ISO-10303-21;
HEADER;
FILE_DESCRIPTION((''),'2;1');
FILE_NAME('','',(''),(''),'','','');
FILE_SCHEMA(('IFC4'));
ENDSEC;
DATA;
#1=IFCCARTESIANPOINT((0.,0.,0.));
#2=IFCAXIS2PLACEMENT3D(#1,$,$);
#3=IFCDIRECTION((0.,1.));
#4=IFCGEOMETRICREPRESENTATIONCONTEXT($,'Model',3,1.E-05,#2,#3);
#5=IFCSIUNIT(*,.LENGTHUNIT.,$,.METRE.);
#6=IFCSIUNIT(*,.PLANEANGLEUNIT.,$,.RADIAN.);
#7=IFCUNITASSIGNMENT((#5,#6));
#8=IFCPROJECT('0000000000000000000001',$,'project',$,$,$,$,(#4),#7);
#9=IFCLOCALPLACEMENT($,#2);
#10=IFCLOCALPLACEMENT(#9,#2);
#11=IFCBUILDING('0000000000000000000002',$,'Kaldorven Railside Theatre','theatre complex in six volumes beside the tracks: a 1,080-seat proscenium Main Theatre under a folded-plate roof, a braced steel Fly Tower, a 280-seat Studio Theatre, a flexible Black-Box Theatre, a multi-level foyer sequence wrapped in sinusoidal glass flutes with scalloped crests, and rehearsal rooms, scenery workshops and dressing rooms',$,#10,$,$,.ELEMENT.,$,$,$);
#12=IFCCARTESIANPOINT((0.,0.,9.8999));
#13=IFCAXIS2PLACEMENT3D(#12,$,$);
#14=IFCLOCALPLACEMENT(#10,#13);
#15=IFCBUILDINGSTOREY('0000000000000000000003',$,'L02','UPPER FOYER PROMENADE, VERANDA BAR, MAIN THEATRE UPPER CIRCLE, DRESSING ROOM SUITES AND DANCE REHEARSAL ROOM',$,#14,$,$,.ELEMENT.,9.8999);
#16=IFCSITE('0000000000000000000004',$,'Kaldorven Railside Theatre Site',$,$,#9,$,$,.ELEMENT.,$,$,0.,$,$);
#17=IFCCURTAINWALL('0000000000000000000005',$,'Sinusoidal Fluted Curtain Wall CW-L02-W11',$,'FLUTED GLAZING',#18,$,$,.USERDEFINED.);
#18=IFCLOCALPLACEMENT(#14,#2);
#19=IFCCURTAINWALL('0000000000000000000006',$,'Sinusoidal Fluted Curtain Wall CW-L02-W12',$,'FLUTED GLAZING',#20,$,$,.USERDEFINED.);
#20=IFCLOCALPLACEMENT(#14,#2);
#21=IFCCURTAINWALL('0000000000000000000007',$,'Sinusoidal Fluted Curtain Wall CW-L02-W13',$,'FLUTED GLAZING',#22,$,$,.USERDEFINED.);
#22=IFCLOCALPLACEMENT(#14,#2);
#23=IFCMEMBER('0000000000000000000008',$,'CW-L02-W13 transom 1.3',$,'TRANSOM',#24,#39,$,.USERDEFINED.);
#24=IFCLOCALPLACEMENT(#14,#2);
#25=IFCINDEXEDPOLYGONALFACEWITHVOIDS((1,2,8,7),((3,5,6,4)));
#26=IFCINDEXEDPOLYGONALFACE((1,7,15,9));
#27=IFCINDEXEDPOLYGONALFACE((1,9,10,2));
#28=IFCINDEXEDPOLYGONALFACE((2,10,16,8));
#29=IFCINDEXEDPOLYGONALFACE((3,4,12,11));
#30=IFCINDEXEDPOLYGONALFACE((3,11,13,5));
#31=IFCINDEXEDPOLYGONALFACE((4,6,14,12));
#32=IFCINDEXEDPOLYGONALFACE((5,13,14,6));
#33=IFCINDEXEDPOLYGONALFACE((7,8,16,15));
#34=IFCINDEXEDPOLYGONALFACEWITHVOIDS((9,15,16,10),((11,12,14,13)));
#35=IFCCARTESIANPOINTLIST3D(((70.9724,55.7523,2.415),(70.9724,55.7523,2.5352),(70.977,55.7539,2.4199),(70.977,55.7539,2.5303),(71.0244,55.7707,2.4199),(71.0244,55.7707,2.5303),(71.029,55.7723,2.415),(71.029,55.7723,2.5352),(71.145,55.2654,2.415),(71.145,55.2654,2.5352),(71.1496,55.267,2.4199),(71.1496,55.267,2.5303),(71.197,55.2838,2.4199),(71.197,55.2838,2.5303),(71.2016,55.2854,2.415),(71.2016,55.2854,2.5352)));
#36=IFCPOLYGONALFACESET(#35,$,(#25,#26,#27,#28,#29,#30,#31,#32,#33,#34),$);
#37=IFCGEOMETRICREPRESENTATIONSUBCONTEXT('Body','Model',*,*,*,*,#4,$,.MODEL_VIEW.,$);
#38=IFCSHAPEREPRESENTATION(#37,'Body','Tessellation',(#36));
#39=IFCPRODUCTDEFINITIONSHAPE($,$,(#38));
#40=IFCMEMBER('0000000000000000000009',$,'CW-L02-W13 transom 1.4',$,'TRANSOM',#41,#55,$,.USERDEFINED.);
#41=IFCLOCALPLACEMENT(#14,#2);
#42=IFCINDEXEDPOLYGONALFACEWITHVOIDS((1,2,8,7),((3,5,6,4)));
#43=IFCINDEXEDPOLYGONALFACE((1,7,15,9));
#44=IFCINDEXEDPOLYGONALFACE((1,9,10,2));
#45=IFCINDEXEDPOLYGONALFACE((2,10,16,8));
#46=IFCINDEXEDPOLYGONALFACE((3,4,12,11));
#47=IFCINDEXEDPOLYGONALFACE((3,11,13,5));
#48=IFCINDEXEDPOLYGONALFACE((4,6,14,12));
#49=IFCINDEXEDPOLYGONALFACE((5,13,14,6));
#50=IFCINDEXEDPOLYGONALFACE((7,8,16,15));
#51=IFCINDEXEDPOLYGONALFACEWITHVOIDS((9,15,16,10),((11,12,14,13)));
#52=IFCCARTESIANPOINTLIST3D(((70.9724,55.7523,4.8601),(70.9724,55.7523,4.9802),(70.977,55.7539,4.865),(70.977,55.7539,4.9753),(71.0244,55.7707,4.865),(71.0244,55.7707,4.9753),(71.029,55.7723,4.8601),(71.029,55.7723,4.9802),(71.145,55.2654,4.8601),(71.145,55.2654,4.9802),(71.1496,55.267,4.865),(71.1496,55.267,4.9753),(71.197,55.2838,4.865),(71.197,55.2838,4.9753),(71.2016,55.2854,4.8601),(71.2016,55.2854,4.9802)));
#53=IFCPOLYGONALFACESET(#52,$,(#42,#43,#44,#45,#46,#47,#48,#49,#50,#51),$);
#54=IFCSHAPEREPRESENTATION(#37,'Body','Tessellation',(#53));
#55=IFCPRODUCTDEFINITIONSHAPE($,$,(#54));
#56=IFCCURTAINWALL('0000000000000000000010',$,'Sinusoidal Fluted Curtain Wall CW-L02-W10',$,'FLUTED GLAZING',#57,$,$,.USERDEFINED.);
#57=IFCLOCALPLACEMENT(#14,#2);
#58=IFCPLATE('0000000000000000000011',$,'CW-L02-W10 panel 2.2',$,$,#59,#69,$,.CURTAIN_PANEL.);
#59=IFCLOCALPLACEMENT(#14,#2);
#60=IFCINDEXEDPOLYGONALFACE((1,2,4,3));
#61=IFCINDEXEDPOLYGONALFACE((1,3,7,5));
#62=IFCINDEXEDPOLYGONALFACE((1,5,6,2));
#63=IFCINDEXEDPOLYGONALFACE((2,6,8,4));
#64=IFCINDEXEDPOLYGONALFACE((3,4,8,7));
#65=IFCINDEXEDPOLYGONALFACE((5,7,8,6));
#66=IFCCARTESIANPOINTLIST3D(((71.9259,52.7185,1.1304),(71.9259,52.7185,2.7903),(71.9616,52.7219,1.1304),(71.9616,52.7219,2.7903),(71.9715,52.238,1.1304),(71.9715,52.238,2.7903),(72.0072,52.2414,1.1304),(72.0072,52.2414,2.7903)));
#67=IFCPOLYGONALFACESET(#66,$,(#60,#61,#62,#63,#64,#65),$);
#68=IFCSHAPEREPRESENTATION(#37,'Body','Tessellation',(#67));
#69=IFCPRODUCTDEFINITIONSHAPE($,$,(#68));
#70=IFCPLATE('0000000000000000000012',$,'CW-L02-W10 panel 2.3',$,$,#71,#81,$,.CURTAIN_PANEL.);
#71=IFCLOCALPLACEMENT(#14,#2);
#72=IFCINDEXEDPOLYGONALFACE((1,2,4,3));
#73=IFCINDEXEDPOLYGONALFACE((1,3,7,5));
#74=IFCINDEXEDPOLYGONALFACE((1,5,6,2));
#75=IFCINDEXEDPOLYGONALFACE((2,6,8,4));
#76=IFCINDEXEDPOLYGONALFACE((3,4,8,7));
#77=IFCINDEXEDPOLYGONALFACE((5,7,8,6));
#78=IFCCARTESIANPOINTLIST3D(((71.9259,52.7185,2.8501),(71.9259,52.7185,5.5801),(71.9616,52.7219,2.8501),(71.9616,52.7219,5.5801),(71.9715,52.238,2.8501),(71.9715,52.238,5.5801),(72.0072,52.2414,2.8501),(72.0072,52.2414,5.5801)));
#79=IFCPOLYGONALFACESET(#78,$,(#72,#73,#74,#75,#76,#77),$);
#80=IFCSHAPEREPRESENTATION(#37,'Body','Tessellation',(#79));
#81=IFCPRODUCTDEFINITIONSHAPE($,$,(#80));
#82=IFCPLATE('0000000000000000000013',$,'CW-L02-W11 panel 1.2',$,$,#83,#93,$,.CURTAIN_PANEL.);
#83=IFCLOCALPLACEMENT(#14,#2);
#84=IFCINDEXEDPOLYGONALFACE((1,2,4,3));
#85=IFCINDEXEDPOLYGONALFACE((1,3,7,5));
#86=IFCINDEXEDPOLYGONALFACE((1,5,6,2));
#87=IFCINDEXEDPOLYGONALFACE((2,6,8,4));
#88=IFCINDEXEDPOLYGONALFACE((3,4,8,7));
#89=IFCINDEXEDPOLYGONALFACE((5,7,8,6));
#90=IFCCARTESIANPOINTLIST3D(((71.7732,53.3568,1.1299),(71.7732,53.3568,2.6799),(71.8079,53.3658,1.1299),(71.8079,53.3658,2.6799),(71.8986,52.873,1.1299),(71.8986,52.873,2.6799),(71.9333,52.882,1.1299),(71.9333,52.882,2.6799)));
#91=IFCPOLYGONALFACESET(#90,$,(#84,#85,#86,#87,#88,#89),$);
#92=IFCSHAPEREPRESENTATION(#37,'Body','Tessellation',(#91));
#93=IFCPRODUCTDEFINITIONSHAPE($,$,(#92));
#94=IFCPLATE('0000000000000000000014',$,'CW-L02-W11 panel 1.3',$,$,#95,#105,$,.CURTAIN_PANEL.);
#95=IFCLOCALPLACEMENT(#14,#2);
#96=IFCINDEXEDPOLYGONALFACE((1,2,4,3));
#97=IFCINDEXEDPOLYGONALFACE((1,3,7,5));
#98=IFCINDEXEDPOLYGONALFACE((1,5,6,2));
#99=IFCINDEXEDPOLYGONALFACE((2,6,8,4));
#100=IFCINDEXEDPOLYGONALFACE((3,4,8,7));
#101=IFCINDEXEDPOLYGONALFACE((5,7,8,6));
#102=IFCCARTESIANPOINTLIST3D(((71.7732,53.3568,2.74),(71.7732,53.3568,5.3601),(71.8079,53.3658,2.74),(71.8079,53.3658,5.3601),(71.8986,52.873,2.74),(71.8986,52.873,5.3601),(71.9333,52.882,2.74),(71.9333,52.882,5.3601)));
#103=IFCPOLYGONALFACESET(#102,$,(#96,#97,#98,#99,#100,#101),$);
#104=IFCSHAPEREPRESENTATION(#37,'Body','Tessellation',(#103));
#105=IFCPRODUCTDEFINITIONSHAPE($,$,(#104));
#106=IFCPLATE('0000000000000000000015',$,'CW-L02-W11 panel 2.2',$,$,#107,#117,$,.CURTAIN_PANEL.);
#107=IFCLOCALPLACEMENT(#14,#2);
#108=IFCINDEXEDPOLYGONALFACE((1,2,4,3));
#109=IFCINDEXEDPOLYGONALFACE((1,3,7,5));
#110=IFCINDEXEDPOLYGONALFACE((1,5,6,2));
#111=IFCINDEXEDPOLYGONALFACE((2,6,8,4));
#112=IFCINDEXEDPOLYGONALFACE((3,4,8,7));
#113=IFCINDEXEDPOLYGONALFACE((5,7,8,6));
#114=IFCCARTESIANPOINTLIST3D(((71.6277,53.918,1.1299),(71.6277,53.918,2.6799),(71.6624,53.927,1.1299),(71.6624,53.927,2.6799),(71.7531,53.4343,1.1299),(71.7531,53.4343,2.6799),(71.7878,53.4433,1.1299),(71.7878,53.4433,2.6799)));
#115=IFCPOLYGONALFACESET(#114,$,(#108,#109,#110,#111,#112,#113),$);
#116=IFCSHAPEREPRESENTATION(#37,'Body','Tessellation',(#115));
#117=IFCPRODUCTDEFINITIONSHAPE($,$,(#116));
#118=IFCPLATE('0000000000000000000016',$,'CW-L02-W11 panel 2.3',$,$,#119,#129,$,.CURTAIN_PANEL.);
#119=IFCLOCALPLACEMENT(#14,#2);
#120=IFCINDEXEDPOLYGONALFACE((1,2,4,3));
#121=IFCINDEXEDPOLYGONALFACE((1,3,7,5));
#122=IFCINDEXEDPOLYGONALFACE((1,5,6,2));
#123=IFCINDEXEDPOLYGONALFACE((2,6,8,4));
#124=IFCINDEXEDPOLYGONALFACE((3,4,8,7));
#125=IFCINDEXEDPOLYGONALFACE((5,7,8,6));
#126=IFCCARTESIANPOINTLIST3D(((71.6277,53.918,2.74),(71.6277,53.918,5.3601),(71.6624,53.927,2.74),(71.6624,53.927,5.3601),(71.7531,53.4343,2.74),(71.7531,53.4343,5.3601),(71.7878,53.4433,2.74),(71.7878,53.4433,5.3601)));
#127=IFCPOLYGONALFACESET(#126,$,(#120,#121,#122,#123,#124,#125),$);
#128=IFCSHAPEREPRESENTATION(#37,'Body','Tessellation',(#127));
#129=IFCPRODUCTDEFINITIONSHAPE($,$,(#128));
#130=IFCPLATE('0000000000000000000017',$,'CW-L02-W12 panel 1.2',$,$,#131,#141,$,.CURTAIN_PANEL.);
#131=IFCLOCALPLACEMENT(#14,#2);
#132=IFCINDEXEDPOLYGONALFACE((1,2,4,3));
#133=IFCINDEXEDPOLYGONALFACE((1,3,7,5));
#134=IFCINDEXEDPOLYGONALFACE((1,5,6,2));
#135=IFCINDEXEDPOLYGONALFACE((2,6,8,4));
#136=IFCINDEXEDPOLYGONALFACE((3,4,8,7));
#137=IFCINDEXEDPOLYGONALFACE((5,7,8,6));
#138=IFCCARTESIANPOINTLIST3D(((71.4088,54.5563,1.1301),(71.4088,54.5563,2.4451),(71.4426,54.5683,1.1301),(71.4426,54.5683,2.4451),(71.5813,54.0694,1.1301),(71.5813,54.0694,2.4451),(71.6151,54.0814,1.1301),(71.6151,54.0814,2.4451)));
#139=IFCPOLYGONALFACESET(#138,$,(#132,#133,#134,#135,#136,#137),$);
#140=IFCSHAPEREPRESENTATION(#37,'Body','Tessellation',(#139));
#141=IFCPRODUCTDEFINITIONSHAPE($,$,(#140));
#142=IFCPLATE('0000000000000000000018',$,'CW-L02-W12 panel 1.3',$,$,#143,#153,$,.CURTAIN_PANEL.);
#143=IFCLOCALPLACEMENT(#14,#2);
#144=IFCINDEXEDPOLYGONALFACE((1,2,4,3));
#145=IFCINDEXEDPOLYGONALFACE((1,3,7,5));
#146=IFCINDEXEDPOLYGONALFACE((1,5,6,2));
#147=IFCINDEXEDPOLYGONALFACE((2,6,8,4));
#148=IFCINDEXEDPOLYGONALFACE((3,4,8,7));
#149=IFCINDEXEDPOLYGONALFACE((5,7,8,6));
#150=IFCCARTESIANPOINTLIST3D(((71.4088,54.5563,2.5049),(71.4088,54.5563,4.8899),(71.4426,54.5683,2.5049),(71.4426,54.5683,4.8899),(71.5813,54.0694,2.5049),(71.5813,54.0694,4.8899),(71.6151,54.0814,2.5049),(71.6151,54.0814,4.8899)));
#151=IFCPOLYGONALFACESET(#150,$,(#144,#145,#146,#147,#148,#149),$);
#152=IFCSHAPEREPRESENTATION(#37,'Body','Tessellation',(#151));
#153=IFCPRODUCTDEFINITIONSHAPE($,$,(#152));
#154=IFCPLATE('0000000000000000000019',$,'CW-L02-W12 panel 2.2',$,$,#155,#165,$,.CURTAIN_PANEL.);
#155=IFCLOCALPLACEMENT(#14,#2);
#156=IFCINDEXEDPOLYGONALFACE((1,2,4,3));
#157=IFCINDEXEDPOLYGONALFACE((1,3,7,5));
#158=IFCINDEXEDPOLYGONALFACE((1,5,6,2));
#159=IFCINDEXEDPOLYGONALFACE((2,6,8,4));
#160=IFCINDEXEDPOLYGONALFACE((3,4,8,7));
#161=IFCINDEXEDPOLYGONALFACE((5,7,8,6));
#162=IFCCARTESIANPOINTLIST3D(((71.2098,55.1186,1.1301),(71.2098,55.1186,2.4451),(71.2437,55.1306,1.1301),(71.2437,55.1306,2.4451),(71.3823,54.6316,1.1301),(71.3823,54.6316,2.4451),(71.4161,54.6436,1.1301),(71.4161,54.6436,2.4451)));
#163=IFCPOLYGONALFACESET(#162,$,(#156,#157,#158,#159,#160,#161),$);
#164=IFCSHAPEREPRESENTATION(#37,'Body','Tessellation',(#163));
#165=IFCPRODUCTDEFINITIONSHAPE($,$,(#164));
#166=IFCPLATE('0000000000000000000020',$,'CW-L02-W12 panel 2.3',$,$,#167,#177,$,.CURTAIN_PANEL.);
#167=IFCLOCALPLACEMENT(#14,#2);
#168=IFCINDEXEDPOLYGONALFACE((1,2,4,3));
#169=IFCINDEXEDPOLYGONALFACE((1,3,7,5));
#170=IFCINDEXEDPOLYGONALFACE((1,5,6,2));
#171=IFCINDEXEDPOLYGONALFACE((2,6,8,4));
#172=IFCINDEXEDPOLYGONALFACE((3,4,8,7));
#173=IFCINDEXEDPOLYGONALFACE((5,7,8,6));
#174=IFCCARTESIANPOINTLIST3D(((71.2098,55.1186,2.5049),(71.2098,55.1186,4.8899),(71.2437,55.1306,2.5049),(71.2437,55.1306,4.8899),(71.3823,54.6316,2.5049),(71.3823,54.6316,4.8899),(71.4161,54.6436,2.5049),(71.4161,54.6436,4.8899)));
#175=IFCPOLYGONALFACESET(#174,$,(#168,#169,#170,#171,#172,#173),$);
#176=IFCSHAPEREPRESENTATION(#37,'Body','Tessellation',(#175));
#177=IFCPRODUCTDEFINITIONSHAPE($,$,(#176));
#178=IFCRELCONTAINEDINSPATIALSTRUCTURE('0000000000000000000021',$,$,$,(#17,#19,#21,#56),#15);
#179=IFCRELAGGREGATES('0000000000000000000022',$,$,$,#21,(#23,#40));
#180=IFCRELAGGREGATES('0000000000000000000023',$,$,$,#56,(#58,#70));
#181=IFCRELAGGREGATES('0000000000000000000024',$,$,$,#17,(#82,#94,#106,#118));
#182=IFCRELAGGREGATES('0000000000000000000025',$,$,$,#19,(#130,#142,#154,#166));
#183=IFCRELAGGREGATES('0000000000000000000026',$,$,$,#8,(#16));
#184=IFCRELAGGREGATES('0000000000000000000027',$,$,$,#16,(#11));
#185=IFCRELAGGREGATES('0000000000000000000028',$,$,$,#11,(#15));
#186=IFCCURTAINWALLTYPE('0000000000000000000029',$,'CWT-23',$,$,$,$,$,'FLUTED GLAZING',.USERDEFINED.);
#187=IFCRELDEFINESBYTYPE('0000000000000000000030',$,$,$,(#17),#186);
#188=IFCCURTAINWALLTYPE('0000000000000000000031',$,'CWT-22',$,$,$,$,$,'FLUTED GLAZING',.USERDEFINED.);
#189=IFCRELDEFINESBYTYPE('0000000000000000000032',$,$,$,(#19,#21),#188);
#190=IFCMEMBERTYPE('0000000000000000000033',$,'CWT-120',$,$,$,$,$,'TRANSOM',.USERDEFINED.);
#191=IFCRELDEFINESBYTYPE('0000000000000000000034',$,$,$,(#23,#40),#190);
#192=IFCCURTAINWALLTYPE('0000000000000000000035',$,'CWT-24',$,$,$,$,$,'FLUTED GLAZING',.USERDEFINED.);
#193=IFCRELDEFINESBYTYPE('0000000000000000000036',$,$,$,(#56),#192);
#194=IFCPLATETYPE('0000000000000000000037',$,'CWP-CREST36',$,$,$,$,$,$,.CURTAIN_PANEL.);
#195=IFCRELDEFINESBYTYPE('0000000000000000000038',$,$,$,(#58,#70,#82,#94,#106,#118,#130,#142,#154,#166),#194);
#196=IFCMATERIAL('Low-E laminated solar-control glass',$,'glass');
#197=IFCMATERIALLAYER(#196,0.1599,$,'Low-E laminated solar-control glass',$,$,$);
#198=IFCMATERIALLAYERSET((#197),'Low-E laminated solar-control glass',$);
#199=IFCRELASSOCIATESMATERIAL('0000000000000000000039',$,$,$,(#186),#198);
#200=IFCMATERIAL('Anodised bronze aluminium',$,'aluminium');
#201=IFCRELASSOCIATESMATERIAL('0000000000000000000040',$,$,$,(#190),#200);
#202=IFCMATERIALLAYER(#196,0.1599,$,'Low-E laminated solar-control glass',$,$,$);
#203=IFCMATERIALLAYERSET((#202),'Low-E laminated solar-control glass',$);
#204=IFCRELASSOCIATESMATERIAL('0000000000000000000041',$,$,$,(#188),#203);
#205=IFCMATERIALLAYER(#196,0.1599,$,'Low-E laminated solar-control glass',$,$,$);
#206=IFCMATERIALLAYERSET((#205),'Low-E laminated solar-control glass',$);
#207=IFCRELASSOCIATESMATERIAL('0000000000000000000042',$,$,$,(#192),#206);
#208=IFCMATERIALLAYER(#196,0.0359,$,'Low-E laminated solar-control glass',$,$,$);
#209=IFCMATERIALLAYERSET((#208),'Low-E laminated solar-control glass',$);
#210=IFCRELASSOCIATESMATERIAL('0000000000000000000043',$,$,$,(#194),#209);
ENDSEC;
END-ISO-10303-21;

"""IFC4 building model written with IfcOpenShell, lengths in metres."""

from ifc_helpers import new_model, si_unit, direction, frame, origin, origin_2d, place, context, subcontext, project, spatial, rectangle, hollow_rectangle, extrude, material, layer, layer_set, material_profile, profile_set, type_object, element, aggregate, save


model = new_model("IFC4")

# Units and contexts
model_context = context("Model", 3, precision=1e-05, world=origin(), true_north=direction((0.0, 1.0)))
body_context = subcontext(model_context, "Body", "Model", "MODEL_VIEW")
ifc_project = project(units=[si_unit("LENGTHUNIT", "METRE"), si_unit("PLANEANGLEUNIT", "RADIAN")], contexts=[model_context])

# Site, building, storey
site_placement = place(None, origin())
site = spatial("IfcSite", under=ifc_project, at=site_placement, Name="Kaldorven Railside Theatre Site", CompositionType="ELEMENT", RefElevation=0.0)
building_placement = place(site_placement, origin())
building = spatial("IfcBuilding", under=site, at=building_placement, Name="Kaldorven Railside Theatre", Description="theatre complex in six volumes beside the tracks: a 1,080-seat proscenium Main Theatre under a folded-plate roof, a braced steel Fly Tower, a 280-seat Studio Theatre, a flexible Black-Box Theatre, a multi-level foyer sequence wrapped in sinusoidal glass flutes with scalloped crests, and rehearsal rooms, scenery workshops and dressing rooms", CompositionType="ELEMENT")
storey_placement = place(building_placement, frame((0.0, 0.0, 9.8999)))
storey = spatial("IfcBuildingStorey", under=building, at=storey_placement, Name="L02", Description="UPPER FOYER PROMENADE, VERANDA BAR, MAIN THEATRE UPPER CIRCLE, DRESSING ROOM SUITES AND DANCE REHEARSAL ROOM", CompositionType="ELEMENT", Elevation=9.8999)

# Curtain walls, members
ifc_material_1 = material(Name="Low-E laminated solar-control glass", Category="glass")
ifc_layer_1 = layer(ifc_material_1, 0.1599, Name="Low-E laminated solar-control glass")
ifc_layer_set_1 = layer_set([ifc_layer_1], Name="Low-E laminated solar-control glass")
curtain_wall_type_1 = type_object("IfcCurtainWallType", Name="CWT-23", ElementType="FLUTED GLAZING", PredefinedType="USERDEFINED", material=ifc_layer_set_1)
curtain_wall_1_placement = place(storey_placement, origin())
curtain_wall_1 = element("IfcCurtainWall", 1, at=curtain_wall_1_placement, inside=storey, type_object=curtain_wall_type_1, Name="Sinusoidal Fluted Curtain Wall CW-L02-W11", ObjectType="FLUTED GLAZING", PredefinedType="USERDEFINED")
ifc_material_2 = material(Name="Anodised bronze aluminium", Category="aluminium")
ifc_material_profile = material_profile(ifc_material_2, hollow_rectangle(XDim=0.0601, YDim=0.1201, WallThickness=0.0049, at=origin_2d()), Name="RHS 120x60x5")
ifc_profile_set = profile_set([ifc_material_profile], Name="Anodised bronze aluminium")
member_type = type_object("IfcMemberType", Name="CWT-120", ElementType="TRANSOM", PredefinedType="USERDEFINED", material=ifc_profile_set)
ifc_layer_2 = layer(ifc_material_1, 0.1599, Name="Low-E laminated solar-control glass")
ifc_layer_set_2 = layer_set([ifc_layer_2], Name="Low-E laminated solar-control glass")
curtain_wall_type_2 = type_object("IfcCurtainWallType", Name="CWT-22", ElementType="FLUTED GLAZING", PredefinedType="USERDEFINED", material=ifc_layer_set_2)
curtain_wall_2_placement = place(storey_placement, origin())
curtain_wall_2 = element("IfcCurtainWall", 2, at=curtain_wall_2_placement, inside=storey, type_object=curtain_wall_type_2, Name="Sinusoidal Fluted Curtain Wall CW-L02-W12", ObjectType="FLUTED GLAZING", PredefinedType="USERDEFINED")
curtain_wall_3_placement = place(storey_placement, origin())
curtain_wall_3 = element("IfcCurtainWall", 3, at=curtain_wall_3_placement, inside=storey, type_object=curtain_wall_type_2, Name="Sinusoidal Fluted Curtain Wall CW-L02-W13", ObjectType="FLUTED GLAZING", PredefinedType="USERDEFINED")
member_1_placement = place(storey_placement, frame((71.1733, 55.2754, 2.4751), z_axis=(-0.33418, 0.942509, 0.0), x_axis=(-0.942509, -0.33418, 0.0)))
member_1 = element("IfcMember", 4, at=member_1_placement, type_object=member_type, Name="CW-L02-W13 transom 1.3", ObjectType="TRANSOM", PredefinedType="USERDEFINED", context=body_context, shape_type="SweptSolid", body=[
    extrude(hollow_rectangle(XDim=0.0601, YDim=0.1201, WallThickness=0.0049, at=origin_2d()), origin(), (0.0, 0.0, 1.0), 0.5166),
])
member_2_placement = place(storey_placement, frame((71.1733, 55.2754, 4.9202), z_axis=(-0.33418, 0.942509, 0.0), x_axis=(-0.942509, -0.33418, 0.0)))
member_2 = element("IfcMember", 5, at=member_2_placement, type_object=member_type, Name="CW-L02-W13 transom 1.4", ObjectType="TRANSOM", PredefinedType="USERDEFINED", context=body_context, shape_type="SweptSolid", body=[
    extrude(hollow_rectangle(XDim=0.0601, YDim=0.1201, WallThickness=0.0049, at=origin_2d()), origin(), (0.0, 0.0, 1.0), 0.5166),
])
aggregate(curtain_wall_3, [member_1, member_2])

# Curtain wall, plates
ifc_layer_3 = layer(ifc_material_1, 0.1599, Name="Low-E laminated solar-control glass")
ifc_layer_set_3 = layer_set([ifc_layer_3], Name="Low-E laminated solar-control glass")
curtain_wall_type_3 = type_object("IfcCurtainWallType", Name="CWT-24", ElementType="FLUTED GLAZING", PredefinedType="USERDEFINED", material=ifc_layer_set_3)
curtain_wall_4_placement = place(storey_placement, origin())
curtain_wall_4 = element("IfcCurtainWall", 6, at=curtain_wall_4_placement, inside=storey, type_object=curtain_wall_type_3, Name="Sinusoidal Fluted Curtain Wall CW-L02-W10", ObjectType="FLUTED GLAZING", PredefinedType="USERDEFINED")
ifc_layer_4 = layer(ifc_material_1, 0.0359, Name="Low-E laminated solar-control glass")
ifc_layer_set_4 = layer_set([ifc_layer_4], Name="Low-E laminated solar-control glass")
plate_type = type_object("IfcPlateType", Name="CWP-CREST36", PredefinedType="CURTAIN_PANEL", material=ifc_layer_set_4)
plate_1_placement = place(storey_placement, frame((71.9666, 52.48, 1.1304), z_axis=(0.0, 0.0, 1.0), x_axis=(-0.094492, 0.995526, 0.0)))
plate_1 = element("IfcPlate", 7, at=plate_1_placement, type_object=plate_type, Name="CW-L02-W10 panel 2.2", PredefinedType="CURTAIN_PANEL", context=body_context, shape_type="SweptSolid", body=[
    extrude(rectangle(XDim=0.4827, YDim=0.0359, at=origin_2d()), origin(), (0.0, 0.0, 1.0), 1.6599),
])
plate_2_placement = place(storey_placement, frame((71.9666, 52.48, 2.8501), z_axis=(0.0, 0.0, 1.0), x_axis=(-0.094492, 0.995526, 0.0)))
plate_2 = element("IfcPlate", 8, at=plate_2_placement, type_object=plate_type, Name="CW-L02-W10 panel 2.3", PredefinedType="CURTAIN_PANEL", context=body_context, shape_type="SweptSolid", body=[
    extrude(rectangle(XDim=0.4827, YDim=0.0359, at=origin_2d()), origin(), (0.0, 0.0, 1.0), 2.73),
])
aggregate(curtain_wall_4, [plate_1, plate_2])

# Plates
plate_3_placement = place(storey_placement, frame((71.8533, 53.1194, 1.1299), z_axis=(0.0, 0.0, 1.0), x_axis=(-0.250954, 0.967999, 0.0)))
plate_3 = element("IfcPlate", 9, at=plate_3_placement, type_object=plate_type, Name="CW-L02-W11 panel 1.2", PredefinedType="CURTAIN_PANEL", context=body_context, shape_type="SweptSolid", body=[
    extrude(rectangle(XDim=0.4998, YDim=0.0359, at=origin_2d()), origin(), (0.0, 0.0, 1.0), 1.55),
])
plate_4_placement = place(storey_placement, frame((71.8533, 53.1194, 2.74), z_axis=(0.0, 0.0, 1.0), x_axis=(-0.250954, 0.967999, 0.0)))
plate_4 = element("IfcPlate", 10, at=plate_4_placement, type_object=plate_type, Name="CW-L02-W11 panel 1.3", PredefinedType="CURTAIN_PANEL", context=body_context, shape_type="SweptSolid", body=[
    extrude(rectangle(XDim=0.4998, YDim=0.0359, at=origin_2d()), origin(), (0.0, 0.0, 1.0), 2.6201),
])
plate_5_placement = place(storey_placement, frame((71.7078, 53.6807, 1.1299), z_axis=(0.0, 0.0, 1.0), x_axis=(-0.250954, 0.967999, 0.0)))
plate_5 = element("IfcPlate", 11, at=plate_5_placement, type_object=plate_type, Name="CW-L02-W11 panel 2.2", PredefinedType="CURTAIN_PANEL", context=body_context, shape_type="SweptSolid", body=[
    extrude(rectangle(XDim=0.4998, YDim=0.0359, at=origin_2d()), origin(), (0.0, 0.0, 1.0), 1.55),
])
plate_6_placement = place(storey_placement, frame((71.7078, 53.6807, 2.74), z_axis=(0.0, 0.0, 1.0), x_axis=(-0.250954, 0.967999, 0.0)))
plate_6 = element("IfcPlate", 12, at=plate_6_placement, type_object=plate_type, Name="CW-L02-W11 panel 2.3", PredefinedType="CURTAIN_PANEL", context=body_context, shape_type="SweptSolid", body=[
    extrude(rectangle(XDim=0.4998, YDim=0.0359, at=origin_2d()), origin(), (0.0, 0.0, 1.0), 2.6201),
])
aggregate(curtain_wall_1, [plate_3, plate_4, plate_5, plate_6])
plate_7_placement = place(storey_placement, frame((71.512, 54.3188, 1.1301), z_axis=(0.0, 0.0, 1.0), x_axis=(-0.333847, 0.942627, 0.0)))
plate_7 = element("IfcPlate", 13, at=plate_7_placement, type_object=plate_type, Name="CW-L02-W12 panel 1.2", PredefinedType="CURTAIN_PANEL", context=body_context, shape_type="SweptSolid", body=[
    extrude(rectangle(XDim=0.5166, YDim=0.0359, at=origin_2d()), origin(), (0.0, 0.0, 1.0), 1.3149),
])
plate_8_placement = place(storey_placement, frame((71.512, 54.3188, 2.5049), z_axis=(0.0, 0.0, 1.0), x_axis=(-0.333847, 0.942627, 0.0)))
plate_8 = element("IfcPlate", 14, at=plate_8_placement, type_object=plate_type, Name="CW-L02-W12 panel 1.3", PredefinedType="CURTAIN_PANEL", context=body_context, shape_type="SweptSolid", body=[
    extrude(rectangle(XDim=0.5166, YDim=0.0359, at=origin_2d()), origin(), (0.0, 0.0, 1.0), 2.385),
])
plate_9_placement = place(storey_placement, frame((71.313, 54.8811, 1.1301), z_axis=(0.0, 0.0, 1.0), x_axis=(-0.333847, 0.942627, 0.0)))
plate_9 = element("IfcPlate", 15, at=plate_9_placement, type_object=plate_type, Name="CW-L02-W12 panel 2.2", PredefinedType="CURTAIN_PANEL", context=body_context, shape_type="SweptSolid", body=[
    extrude(rectangle(XDim=0.5166, YDim=0.0359, at=origin_2d()), origin(), (0.0, 0.0, 1.0), 1.3149),
])
plate_10_placement = place(storey_placement, frame((71.313, 54.8811, 2.5049), z_axis=(0.0, 0.0, 1.0), x_axis=(-0.333847, 0.942627, 0.0)))
plate_10 = element("IfcPlate", 16, at=plate_10_placement, type_object=plate_type, Name="CW-L02-W12 panel 2.3", PredefinedType="CURTAIN_PANEL", context=body_context, shape_type="SweptSolid", body=[
    extrude(rectangle(XDim=0.5166, YDim=0.0359, at=origin_2d()), origin(), (0.0, 0.0, 1.0), 2.385),
])
aggregate(curtain_wall_2, [plate_7, plate_8, plate_9, plate_10])

save(model, "model.ifc")
